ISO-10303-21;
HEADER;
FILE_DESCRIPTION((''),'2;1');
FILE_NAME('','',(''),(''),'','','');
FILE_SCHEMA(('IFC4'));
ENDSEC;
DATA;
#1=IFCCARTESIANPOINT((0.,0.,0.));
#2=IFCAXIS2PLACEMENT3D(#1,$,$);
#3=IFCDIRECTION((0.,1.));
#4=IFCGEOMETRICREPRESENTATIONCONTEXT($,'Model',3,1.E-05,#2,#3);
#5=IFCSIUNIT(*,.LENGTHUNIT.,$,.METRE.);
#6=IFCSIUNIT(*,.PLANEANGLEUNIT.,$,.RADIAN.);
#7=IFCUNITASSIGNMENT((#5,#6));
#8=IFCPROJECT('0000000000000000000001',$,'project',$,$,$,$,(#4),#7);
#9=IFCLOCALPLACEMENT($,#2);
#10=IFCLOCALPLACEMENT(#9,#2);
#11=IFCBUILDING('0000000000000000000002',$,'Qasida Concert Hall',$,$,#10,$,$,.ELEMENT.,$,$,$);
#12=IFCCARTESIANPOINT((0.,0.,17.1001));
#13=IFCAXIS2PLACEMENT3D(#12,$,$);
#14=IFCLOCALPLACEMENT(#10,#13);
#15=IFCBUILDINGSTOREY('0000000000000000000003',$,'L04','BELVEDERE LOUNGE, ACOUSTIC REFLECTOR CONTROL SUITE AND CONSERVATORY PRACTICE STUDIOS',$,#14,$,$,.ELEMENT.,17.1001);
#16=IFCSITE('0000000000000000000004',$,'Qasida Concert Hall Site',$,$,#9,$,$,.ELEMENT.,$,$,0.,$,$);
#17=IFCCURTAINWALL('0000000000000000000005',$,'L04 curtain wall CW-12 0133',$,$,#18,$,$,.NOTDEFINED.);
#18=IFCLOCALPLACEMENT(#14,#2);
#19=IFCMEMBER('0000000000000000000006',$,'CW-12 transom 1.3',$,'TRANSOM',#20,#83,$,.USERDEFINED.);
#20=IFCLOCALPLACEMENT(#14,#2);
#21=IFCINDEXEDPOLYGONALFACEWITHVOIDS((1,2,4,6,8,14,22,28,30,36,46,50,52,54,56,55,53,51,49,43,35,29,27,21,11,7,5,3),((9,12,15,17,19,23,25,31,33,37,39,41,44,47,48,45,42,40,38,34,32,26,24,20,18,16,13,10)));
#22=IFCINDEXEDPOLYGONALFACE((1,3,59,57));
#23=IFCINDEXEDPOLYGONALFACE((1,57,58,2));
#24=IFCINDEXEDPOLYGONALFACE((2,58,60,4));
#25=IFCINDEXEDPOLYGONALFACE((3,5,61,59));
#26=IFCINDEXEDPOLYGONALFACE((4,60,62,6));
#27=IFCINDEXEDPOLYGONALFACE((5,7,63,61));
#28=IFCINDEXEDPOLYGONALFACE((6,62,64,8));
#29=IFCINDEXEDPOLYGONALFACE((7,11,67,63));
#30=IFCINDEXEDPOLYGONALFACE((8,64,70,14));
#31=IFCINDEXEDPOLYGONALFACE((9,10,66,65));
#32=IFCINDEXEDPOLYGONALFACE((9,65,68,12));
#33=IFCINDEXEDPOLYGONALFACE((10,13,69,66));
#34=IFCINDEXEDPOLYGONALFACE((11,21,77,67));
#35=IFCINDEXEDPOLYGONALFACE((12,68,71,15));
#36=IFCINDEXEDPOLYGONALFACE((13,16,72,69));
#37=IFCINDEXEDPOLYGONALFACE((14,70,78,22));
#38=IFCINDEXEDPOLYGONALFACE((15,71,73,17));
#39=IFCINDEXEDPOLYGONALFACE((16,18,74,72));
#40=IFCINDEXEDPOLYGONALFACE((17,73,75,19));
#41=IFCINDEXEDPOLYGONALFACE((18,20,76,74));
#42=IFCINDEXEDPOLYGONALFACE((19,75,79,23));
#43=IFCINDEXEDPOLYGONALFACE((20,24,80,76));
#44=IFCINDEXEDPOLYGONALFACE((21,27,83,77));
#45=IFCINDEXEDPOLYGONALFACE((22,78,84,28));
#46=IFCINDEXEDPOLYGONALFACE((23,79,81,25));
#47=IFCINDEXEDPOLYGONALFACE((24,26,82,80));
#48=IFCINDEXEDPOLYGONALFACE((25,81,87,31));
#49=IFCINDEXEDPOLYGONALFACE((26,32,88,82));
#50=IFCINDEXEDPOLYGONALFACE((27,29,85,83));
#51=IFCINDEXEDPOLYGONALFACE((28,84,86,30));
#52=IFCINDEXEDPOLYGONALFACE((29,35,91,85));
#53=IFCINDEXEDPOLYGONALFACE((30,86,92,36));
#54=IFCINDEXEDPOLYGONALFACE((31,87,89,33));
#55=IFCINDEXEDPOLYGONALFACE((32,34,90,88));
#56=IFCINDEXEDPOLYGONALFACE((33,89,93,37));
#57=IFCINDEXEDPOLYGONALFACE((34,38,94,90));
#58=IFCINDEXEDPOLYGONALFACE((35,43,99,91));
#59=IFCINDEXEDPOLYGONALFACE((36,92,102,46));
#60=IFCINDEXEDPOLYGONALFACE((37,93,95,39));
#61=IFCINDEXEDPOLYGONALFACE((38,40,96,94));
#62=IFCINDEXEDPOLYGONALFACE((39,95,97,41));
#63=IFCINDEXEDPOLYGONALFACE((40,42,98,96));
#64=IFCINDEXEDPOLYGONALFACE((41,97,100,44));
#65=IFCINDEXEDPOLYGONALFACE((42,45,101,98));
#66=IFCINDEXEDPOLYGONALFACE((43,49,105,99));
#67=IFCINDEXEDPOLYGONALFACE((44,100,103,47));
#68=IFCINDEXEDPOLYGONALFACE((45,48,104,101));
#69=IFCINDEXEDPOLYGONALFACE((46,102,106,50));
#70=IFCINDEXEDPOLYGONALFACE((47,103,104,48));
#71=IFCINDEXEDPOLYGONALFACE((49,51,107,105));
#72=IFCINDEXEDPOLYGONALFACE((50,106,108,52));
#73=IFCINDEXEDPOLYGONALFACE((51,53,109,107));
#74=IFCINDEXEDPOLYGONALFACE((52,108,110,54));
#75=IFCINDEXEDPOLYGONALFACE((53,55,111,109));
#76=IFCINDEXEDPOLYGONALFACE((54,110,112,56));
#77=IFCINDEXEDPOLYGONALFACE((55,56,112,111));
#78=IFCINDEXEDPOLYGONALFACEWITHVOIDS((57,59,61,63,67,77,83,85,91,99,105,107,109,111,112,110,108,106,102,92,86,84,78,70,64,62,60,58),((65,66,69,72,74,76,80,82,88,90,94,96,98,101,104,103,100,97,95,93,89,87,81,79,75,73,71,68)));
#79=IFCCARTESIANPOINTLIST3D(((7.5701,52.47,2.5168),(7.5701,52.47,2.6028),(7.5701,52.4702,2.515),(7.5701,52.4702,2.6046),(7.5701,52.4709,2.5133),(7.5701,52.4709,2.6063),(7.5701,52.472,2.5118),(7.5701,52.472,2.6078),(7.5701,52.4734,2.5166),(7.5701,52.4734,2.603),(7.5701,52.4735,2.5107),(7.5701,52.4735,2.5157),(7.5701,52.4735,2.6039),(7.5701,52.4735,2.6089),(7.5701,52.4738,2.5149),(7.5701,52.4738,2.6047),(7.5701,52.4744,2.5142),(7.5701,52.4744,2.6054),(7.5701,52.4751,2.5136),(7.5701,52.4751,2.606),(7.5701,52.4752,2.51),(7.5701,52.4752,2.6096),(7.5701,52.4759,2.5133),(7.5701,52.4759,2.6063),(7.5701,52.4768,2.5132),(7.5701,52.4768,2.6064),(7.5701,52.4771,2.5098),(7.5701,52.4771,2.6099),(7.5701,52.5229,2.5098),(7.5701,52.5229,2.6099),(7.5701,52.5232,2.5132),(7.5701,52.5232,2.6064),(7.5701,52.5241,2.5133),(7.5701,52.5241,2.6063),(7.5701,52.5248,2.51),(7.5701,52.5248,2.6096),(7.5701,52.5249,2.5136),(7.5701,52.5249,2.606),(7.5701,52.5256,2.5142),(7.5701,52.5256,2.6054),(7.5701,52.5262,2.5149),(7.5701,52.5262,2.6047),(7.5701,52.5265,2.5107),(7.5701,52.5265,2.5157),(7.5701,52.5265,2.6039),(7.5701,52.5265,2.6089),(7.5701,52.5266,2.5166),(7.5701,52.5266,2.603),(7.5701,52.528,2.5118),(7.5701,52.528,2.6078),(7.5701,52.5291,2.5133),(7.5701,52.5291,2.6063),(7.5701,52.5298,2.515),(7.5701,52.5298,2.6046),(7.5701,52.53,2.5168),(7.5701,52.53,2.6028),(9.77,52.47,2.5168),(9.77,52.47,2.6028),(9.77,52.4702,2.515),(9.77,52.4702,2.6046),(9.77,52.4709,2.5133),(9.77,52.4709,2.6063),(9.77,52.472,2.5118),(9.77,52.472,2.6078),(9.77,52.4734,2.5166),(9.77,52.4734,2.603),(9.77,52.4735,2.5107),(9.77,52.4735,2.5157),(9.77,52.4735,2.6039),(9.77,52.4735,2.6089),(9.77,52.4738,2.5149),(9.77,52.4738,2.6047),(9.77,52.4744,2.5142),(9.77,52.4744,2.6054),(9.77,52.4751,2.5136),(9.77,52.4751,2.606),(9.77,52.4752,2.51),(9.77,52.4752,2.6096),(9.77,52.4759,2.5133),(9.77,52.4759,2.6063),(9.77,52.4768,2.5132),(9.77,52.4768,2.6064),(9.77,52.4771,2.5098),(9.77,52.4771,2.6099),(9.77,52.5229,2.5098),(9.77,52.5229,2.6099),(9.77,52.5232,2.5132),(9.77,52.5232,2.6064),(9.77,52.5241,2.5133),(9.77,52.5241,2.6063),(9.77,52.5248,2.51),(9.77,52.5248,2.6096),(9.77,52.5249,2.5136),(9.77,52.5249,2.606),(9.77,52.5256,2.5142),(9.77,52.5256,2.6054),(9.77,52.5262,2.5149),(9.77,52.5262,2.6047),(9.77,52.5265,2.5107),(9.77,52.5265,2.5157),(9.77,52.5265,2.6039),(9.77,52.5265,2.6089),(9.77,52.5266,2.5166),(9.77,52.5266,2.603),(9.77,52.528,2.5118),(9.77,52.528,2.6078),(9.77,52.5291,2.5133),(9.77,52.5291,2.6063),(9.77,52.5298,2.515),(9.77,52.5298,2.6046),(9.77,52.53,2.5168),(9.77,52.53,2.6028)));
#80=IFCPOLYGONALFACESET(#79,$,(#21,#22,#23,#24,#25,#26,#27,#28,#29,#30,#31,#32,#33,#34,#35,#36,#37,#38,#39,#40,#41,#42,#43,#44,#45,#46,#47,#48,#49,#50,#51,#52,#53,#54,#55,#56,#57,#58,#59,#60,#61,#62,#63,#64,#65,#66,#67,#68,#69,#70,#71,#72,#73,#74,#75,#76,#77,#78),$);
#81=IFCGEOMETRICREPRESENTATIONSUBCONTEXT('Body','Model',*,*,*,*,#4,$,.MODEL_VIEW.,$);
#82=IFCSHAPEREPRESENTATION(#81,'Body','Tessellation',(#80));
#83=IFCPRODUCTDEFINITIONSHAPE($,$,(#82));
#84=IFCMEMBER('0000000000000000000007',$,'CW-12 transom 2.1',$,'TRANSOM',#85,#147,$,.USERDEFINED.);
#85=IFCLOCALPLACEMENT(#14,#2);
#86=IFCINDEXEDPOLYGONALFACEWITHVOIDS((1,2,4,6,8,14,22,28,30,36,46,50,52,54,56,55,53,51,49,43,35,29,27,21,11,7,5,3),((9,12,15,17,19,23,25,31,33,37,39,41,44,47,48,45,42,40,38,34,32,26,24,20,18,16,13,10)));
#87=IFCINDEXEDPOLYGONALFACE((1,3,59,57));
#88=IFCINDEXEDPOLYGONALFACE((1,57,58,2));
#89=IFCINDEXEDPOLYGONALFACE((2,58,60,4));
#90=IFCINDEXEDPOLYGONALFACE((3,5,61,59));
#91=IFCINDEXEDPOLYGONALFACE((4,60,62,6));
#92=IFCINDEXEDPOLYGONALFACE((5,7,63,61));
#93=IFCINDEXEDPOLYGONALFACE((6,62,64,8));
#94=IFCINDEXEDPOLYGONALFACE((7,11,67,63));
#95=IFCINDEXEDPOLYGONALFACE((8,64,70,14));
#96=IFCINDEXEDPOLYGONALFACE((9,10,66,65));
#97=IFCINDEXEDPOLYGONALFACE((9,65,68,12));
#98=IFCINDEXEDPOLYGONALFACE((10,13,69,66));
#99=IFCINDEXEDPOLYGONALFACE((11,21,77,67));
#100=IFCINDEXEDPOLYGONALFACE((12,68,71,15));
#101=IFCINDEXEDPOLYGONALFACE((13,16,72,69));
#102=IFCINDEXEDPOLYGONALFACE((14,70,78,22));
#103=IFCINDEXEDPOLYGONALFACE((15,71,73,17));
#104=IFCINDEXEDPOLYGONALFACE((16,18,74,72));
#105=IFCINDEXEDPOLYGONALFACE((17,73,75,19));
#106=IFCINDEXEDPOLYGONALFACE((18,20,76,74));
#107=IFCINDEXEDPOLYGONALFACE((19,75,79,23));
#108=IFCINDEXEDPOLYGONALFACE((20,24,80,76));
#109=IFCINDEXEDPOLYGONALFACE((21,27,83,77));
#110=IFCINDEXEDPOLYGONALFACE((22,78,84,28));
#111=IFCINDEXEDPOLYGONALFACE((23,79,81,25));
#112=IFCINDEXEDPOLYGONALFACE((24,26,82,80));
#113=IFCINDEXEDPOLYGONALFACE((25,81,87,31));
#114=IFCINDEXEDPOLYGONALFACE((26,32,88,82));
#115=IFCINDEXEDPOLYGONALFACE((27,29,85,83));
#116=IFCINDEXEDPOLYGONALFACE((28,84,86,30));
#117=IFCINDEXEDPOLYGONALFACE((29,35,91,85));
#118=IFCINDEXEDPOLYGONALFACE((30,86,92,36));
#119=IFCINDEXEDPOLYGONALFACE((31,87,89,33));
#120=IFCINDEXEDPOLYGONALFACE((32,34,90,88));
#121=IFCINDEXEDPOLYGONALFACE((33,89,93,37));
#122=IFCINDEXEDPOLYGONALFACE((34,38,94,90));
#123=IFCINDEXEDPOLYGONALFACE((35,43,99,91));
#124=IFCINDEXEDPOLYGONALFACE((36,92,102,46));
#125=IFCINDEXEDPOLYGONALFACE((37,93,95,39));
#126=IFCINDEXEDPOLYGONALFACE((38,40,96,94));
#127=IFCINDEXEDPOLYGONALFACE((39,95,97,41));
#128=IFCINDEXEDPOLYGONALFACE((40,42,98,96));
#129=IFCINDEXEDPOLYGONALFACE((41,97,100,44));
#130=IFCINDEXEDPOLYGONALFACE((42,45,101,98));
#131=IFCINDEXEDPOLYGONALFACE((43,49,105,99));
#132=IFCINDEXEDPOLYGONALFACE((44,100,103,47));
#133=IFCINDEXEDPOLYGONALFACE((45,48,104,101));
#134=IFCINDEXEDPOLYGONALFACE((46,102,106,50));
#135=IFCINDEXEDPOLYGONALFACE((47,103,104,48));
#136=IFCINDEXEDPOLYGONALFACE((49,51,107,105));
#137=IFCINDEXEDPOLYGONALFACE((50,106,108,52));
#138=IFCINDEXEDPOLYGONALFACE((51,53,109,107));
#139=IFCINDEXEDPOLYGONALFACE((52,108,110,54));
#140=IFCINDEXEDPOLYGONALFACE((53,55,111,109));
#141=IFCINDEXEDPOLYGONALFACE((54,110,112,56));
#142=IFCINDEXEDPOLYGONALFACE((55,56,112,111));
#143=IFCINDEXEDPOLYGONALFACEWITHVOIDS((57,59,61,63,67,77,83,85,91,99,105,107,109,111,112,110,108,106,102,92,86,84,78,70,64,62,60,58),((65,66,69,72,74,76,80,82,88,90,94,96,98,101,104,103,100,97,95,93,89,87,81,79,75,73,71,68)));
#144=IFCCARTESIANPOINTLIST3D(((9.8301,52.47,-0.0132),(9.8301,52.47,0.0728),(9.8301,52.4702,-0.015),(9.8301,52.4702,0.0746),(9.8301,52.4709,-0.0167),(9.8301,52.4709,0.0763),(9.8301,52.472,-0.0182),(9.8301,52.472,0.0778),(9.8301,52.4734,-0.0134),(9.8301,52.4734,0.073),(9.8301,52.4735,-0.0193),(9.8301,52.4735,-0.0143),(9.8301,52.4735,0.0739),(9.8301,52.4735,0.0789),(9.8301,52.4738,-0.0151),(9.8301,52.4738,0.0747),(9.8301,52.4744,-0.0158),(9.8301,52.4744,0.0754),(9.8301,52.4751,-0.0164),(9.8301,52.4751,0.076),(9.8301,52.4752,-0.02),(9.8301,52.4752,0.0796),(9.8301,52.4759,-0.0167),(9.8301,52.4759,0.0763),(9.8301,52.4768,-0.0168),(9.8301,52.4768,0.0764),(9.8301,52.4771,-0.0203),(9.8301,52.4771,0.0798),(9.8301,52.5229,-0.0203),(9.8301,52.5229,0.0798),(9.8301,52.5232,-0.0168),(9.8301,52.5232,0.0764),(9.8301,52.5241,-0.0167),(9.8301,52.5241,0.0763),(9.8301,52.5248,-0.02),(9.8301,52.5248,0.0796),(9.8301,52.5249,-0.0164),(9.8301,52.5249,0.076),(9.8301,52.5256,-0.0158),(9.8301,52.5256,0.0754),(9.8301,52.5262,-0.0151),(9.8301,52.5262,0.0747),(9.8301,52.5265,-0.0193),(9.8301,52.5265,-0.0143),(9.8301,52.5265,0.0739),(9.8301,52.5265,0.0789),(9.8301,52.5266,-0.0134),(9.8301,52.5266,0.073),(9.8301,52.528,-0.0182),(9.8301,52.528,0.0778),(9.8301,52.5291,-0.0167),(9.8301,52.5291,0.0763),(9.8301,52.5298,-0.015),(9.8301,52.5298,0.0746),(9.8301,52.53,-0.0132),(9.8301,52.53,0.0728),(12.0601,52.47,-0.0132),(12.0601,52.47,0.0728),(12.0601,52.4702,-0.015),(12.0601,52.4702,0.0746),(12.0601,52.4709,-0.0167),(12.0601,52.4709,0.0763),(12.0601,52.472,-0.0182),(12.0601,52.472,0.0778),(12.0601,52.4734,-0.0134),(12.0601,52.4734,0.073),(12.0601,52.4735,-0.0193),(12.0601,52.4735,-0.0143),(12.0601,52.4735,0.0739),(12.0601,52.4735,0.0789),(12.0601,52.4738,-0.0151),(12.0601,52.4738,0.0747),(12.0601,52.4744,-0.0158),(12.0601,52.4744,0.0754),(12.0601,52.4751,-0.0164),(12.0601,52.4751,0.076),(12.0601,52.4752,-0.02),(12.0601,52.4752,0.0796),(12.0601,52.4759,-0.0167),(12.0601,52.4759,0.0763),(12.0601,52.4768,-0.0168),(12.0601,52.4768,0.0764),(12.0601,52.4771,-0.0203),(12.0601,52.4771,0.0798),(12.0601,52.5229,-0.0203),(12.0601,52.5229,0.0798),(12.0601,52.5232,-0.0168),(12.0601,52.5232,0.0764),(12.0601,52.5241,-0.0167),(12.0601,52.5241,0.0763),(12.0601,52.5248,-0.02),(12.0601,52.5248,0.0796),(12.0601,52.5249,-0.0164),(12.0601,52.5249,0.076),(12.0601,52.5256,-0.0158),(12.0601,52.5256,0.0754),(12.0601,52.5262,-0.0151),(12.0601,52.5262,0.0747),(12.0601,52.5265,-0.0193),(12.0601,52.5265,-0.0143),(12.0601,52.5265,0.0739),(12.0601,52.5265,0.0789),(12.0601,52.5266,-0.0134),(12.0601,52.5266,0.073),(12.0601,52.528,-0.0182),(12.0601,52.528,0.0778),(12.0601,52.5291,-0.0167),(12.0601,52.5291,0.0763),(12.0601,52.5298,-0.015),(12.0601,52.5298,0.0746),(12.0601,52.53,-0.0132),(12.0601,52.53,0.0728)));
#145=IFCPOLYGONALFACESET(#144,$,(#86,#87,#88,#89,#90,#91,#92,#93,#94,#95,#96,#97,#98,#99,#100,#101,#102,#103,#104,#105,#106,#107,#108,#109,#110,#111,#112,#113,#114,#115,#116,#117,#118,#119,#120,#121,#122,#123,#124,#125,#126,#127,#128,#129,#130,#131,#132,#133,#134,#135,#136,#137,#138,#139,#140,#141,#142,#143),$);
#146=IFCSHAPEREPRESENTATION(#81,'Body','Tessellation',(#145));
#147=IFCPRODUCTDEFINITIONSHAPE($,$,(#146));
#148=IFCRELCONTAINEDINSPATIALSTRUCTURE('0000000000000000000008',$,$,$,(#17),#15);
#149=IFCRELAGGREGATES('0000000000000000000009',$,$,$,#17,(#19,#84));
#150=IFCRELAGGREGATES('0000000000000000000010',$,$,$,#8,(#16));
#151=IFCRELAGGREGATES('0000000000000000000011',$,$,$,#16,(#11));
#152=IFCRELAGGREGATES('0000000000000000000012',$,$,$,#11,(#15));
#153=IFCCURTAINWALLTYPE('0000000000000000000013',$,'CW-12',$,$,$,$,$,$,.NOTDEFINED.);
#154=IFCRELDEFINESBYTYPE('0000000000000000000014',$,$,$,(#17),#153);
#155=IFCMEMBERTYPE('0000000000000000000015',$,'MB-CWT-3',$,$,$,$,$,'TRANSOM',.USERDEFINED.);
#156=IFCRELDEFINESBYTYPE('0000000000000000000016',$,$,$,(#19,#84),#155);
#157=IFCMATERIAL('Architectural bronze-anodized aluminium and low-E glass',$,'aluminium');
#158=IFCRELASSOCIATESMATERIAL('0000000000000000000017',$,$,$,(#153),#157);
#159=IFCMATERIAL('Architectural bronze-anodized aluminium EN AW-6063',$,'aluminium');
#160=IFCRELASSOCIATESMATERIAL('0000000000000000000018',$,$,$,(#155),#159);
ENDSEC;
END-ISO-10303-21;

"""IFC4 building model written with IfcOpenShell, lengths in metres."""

from ifc_helpers import new_model, si_unit, direction, frame, origin, origin_2d, place, context, subcontext, project, spatial, hollow_rectangle, extrude, material, material_profile, profile_set, type_object, element, aggregate, save


model = new_model("IFC4")

# Units and contexts
model_context = context("Model", 3, precision=1e-05, world=origin(), true_north=direction((0.0, 1.0)))
body_context = subcontext(model_context, "Body", "Model", "MODEL_VIEW")
ifc_project = project(units=[si_unit("LENGTHUNIT", "METRE"), si_unit("PLANEANGLEUNIT", "RADIAN")], contexts=[model_context])

# Site, building, storey
site_placement = place(None, origin())
site = spatial("IfcSite", under=ifc_project, at=site_placement, Name="Qasida Concert Hall Site", CompositionType="ELEMENT", RefElevation=0.0)
building_placement = place(site_placement, origin())
building = spatial("IfcBuilding", under=site, at=building_placement, Name="Qasida Concert Hall", CompositionType="ELEMENT")
storey_placement = place(building_placement, frame((0.0, 0.0, 17.1001)))
storey = spatial("IfcBuildingStorey", under=building, at=storey_placement, Name="L04", Description="BELVEDERE LOUNGE, ACOUSTIC REFLECTOR CONTROL SUITE AND CONSERVATORY PRACTICE STUDIOS", CompositionType="ELEMENT", Elevation=17.1001)

# Shared definitions
ifc_material_1 = material(Name="Architectural bronze-anodized aluminium and low-E glass", Category="aluminium")
curtain_wall_type = type_object("IfcCurtainWallType", Name="CW-12", PredefinedType="NOTDEFINED", material=ifc_material_1)
ifc_material_2 = material(Name="Architectural bronze-anodized aluminium EN AW-6063", Category="aluminium")

# Curtain wall, members
curtain_wall_1_placement = place(storey_placement, origin())
curtain_wall_1 = element("IfcCurtainWall", 1, at=curtain_wall_1_placement, inside=storey, type_object=curtain_wall_type, Name="L04 curtain wall CW-12 0133", PredefinedType="NOTDEFINED")
ifc_material_profile_1 = material_profile(ifc_material_2, hollow_rectangle(XDim=0.0601, YDim=0.1001, WallThickness=0.0034, InnerFilletRadius=0.0034, OuterFilletRadius=0.0071, at=origin_2d()), Name="CWT 100x60x3.5")
ifc_profile_set_1 = profile_set([ifc_material_profile_1], Name="Architectural bronze-anodized aluminium EN AW-6063")
member_type_1 = type_object("IfcMemberType", Name="MB-CWT-3", ElementType="TRANSOM", PredefinedType="USERDEFINED", material=ifc_profile_set_1)
member_1_placement = place(storey_placement, frame((7.5701, 52.5, 2.5598), z_axis=(1.0, 0.0, 0.0), x_axis=(0.0, 1.0, 0.0)))
member_1 = element("IfcMember", 2, at=member_1_placement, type_object=member_type_1, Name="CW-12 transom 1.3", ObjectType="TRANSOM", PredefinedType="USERDEFINED", context=body_context, shape_type="SweptSolid", body=[
    extrude(hollow_rectangle(XDim=0.0601, YDim=0.1001, WallThickness=0.0034, InnerFilletRadius=0.0034, OuterFilletRadius=0.0071, at=origin_2d()), origin(), (0.0, 0.0, 1.0), 2.2),
])
member_2_placement = place(storey_placement, frame((9.8301, 52.5, 0.0298), z_axis=(1.0, 0.0, 0.0), x_axis=(0.0, 1.0, 0.0)))
member_2 = element("IfcMember", 3, at=member_2_placement, type_object=member_type_1, Name="CW-12 transom 2.1", ObjectType="TRANSOM", PredefinedType="USERDEFINED", context=body_context, shape_type="SweptSolid", body=[
    extrude(hollow_rectangle(XDim=0.0601, YDim=0.1001, WallThickness=0.0034, InnerFilletRadius=0.0034, OuterFilletRadius=0.0071, at=origin_2d()), origin(), (0.0, 0.0, 1.0), 2.23),
])

aggregate(curtain_wall_1, [member_1, member_2])

save(model, "model.ifc")
